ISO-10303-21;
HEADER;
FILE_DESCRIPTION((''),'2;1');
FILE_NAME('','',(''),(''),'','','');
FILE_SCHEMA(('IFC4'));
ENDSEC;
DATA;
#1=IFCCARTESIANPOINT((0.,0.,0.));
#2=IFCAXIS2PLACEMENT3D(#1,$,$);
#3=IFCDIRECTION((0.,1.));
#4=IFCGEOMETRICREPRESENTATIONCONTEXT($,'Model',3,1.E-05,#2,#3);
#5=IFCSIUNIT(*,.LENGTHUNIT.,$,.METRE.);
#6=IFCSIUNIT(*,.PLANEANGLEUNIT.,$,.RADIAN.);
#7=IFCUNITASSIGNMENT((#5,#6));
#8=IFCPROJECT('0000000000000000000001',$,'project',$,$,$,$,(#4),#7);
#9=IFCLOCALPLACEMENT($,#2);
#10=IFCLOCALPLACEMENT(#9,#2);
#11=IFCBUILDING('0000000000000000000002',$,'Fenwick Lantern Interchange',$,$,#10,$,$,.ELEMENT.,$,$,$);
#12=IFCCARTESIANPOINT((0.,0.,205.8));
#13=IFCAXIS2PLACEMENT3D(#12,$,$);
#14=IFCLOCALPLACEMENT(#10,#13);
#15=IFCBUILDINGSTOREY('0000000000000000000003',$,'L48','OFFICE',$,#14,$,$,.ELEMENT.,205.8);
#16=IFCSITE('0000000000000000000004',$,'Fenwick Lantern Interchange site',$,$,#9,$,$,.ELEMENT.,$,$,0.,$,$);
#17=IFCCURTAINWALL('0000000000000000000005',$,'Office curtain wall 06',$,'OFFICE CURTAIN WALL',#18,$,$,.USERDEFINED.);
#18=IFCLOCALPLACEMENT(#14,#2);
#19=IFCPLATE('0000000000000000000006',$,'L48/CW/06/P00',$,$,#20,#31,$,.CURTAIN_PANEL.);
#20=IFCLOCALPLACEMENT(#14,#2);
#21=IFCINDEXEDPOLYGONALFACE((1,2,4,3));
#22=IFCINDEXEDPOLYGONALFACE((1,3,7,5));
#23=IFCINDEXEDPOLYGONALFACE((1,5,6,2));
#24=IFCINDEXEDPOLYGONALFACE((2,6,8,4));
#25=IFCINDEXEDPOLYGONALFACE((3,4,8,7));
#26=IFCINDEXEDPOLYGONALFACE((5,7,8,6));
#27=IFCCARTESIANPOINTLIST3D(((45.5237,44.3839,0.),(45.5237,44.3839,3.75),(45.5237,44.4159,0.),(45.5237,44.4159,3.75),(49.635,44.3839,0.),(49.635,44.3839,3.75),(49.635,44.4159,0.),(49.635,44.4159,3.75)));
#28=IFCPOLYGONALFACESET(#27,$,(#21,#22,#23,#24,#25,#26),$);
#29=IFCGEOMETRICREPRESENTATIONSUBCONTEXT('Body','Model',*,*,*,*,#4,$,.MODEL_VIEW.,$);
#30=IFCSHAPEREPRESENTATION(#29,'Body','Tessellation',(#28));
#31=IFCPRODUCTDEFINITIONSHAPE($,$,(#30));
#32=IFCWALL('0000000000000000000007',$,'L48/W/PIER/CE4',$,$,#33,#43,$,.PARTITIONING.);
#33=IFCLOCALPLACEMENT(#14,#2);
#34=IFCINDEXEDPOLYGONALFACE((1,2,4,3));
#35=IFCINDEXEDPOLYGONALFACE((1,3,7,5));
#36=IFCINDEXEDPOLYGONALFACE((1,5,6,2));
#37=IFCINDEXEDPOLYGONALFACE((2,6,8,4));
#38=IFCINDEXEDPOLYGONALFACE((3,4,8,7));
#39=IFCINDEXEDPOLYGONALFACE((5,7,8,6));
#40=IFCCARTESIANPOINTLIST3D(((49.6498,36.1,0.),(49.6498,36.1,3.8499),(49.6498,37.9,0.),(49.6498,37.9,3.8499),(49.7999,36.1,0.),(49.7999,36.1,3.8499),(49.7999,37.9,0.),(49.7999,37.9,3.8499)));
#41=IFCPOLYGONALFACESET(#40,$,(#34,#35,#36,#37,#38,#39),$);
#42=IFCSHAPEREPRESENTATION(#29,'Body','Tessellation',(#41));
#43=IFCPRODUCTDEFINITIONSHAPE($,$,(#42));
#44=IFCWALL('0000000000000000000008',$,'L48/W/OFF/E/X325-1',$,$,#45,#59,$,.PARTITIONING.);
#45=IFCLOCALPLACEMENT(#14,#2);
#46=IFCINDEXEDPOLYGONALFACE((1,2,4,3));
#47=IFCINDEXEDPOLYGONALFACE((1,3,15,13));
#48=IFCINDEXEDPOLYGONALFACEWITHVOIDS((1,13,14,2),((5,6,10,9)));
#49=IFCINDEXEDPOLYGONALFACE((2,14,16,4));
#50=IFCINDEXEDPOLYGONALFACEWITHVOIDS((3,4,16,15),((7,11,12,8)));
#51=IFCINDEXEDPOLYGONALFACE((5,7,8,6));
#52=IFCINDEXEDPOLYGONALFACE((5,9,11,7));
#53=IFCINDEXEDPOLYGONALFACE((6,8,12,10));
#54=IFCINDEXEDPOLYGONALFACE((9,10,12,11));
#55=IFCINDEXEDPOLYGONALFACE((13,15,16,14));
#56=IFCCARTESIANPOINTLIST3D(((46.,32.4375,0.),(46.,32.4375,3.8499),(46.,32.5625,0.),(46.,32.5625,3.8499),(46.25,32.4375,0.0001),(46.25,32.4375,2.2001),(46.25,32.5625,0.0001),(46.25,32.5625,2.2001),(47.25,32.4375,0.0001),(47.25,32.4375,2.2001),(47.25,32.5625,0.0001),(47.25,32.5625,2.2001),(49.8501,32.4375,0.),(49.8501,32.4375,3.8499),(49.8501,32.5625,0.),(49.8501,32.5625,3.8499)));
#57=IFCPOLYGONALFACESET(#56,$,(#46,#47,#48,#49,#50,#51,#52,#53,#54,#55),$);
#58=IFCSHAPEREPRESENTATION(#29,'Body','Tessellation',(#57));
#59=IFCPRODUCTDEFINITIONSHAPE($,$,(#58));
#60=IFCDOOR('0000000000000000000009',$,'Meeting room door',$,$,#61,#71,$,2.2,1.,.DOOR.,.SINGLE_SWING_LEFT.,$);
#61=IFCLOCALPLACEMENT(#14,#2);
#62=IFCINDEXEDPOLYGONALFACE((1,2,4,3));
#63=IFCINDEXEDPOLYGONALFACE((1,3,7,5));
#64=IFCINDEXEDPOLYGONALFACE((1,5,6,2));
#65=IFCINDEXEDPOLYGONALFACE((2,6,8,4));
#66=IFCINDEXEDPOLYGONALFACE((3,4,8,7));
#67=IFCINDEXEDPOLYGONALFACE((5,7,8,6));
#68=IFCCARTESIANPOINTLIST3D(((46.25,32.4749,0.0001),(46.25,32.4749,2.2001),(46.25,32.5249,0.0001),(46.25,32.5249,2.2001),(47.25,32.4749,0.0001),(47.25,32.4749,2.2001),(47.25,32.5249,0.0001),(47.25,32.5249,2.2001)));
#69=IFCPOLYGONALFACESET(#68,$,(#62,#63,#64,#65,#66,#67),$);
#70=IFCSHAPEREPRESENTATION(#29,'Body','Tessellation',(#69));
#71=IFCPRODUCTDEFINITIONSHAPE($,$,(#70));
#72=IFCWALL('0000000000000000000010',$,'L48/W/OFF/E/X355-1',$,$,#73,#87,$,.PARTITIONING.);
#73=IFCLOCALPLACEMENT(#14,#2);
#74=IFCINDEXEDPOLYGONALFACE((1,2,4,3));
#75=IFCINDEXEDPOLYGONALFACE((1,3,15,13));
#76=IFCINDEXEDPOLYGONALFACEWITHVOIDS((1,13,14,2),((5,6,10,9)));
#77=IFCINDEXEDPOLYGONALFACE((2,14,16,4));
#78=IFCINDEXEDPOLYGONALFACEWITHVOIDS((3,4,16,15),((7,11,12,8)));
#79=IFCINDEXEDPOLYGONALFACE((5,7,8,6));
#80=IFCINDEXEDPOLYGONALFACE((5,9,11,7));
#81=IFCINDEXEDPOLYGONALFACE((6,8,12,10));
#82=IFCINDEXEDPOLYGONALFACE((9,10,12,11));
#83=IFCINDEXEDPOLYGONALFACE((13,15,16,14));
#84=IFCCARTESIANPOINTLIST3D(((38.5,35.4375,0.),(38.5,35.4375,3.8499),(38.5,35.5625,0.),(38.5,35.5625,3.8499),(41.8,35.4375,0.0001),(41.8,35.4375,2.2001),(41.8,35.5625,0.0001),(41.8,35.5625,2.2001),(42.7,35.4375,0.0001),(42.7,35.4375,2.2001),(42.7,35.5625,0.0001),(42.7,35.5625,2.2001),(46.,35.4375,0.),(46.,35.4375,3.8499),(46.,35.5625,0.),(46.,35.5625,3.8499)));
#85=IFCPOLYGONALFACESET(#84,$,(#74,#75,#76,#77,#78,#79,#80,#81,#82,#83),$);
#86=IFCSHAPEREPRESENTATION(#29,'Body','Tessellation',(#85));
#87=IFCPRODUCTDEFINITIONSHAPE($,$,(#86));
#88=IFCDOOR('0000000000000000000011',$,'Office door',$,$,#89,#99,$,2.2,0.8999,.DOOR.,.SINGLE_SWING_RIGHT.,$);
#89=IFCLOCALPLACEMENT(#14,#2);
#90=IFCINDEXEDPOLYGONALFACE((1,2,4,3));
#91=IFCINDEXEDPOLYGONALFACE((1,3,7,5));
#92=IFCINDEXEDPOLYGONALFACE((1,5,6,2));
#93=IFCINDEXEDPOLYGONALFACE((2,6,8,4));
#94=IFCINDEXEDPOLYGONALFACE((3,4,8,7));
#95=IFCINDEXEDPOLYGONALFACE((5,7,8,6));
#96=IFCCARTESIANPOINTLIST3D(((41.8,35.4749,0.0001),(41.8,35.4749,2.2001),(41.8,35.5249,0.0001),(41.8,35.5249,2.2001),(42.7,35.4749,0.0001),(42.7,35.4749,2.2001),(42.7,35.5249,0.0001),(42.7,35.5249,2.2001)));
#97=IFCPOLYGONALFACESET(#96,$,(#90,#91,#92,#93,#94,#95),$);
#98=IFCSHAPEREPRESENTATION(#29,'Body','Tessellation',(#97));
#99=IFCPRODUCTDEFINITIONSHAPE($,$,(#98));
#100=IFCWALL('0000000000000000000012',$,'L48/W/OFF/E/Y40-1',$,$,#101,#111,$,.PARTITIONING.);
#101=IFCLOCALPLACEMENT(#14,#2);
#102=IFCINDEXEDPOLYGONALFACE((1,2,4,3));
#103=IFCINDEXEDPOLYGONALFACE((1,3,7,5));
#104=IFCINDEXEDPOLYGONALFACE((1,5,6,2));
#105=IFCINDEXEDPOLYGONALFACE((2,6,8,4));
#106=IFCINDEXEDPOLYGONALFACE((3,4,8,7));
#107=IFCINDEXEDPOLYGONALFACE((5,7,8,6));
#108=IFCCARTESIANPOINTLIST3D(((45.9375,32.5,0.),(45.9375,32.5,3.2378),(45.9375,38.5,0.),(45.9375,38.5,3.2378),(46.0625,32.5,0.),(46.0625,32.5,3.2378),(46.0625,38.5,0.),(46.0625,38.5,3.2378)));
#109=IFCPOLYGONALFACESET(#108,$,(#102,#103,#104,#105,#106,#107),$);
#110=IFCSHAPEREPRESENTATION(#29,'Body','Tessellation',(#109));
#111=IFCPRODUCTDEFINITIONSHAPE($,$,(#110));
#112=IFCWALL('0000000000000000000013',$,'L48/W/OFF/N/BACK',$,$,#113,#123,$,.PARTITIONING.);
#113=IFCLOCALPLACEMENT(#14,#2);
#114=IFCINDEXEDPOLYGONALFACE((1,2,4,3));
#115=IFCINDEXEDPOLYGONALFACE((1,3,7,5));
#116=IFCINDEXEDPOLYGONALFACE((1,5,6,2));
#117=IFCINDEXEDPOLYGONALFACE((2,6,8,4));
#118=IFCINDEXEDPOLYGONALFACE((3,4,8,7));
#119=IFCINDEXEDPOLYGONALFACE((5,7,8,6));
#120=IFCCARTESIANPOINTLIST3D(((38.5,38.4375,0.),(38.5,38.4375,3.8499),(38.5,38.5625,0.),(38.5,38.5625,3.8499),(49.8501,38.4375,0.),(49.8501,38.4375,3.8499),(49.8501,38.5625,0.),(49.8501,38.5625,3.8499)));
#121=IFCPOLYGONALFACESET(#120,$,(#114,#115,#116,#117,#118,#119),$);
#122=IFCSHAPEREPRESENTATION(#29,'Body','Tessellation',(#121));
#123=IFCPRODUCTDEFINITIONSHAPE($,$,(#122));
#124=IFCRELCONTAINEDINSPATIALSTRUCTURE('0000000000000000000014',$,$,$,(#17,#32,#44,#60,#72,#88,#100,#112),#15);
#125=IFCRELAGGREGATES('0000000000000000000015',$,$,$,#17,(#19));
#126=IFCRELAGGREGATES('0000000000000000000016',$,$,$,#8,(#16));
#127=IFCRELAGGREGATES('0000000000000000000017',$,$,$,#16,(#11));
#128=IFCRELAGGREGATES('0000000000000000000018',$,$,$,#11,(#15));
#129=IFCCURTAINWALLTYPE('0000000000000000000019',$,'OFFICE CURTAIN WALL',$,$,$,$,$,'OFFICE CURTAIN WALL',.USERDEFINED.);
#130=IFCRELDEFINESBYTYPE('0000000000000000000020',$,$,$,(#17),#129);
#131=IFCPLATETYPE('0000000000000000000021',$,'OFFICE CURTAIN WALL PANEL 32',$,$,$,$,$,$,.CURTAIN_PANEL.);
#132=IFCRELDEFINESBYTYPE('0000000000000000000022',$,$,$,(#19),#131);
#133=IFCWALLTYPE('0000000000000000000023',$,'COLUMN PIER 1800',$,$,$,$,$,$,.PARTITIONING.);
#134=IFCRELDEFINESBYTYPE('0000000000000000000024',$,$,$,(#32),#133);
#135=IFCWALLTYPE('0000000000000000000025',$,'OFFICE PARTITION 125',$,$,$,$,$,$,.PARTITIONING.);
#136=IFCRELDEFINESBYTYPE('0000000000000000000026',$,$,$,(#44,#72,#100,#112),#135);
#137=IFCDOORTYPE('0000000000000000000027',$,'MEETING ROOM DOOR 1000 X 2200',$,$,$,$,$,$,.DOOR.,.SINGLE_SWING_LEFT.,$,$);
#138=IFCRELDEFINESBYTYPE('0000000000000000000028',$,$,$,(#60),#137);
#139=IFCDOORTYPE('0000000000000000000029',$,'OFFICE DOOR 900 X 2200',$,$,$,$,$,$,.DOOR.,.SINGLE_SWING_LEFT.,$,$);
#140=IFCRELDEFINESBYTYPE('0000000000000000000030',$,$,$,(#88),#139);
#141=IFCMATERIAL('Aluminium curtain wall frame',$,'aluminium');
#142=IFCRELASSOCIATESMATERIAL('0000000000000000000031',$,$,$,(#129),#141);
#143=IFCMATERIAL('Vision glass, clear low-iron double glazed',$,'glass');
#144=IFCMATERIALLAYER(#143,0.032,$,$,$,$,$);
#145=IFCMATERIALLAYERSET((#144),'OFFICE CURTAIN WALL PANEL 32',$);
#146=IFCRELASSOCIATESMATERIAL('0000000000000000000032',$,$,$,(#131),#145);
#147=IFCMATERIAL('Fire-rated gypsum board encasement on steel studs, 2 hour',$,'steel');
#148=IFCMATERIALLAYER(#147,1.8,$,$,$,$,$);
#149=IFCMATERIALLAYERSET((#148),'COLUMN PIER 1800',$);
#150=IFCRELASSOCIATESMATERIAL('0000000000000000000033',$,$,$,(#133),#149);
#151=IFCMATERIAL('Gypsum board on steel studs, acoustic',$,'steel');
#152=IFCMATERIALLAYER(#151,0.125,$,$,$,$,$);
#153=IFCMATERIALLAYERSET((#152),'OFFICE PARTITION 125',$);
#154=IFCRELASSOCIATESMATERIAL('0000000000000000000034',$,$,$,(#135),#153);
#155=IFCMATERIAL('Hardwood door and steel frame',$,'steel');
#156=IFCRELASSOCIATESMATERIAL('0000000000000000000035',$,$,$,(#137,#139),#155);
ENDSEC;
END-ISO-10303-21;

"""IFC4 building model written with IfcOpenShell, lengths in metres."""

from ifc_helpers import new_model, si_unit, direction, frame, frame_2d, origin, origin_2d, place, context, subcontext, project, spatial, rectangle, extrude, material, layer, layer_set, type_object, element, fill, aggregate, save


model = new_model("IFC4")

# Units and contexts
model_context = context("Model", 3, precision=1e-05, world=origin(), true_north=direction((0.0, 1.0)))
body_context = subcontext(model_context, "Body", "Model", "MODEL_VIEW")
ifc_project = project(units=[si_unit("LENGTHUNIT", "METRE"), si_unit("PLANEANGLEUNIT", "RADIAN")], contexts=[model_context])

# Site, building, storey
site_placement = place(None, origin())
site = spatial("IfcSite", under=ifc_project, at=site_placement, Name="Fenwick Lantern Interchange site", CompositionType="ELEMENT", RefElevation=0.0)
building_placement = place(site_placement, origin())
building = spatial("IfcBuilding", under=site, at=building_placement, Name="Fenwick Lantern Interchange", CompositionType="ELEMENT")
storey_placement = place(building_placement, frame((0.0, 0.0, 205.8)))
storey = spatial("IfcBuildingStorey", under=building, at=storey_placement, Name="L48", Description="OFFICE", CompositionType="ELEMENT", Elevation=205.8)

# Shared definitions
ifc_material_1 = material(Name="Aluminium curtain wall frame", Category="aluminium")
curtain_wall_type = type_object("IfcCurtainWallType", Name="OFFICE CURTAIN WALL", ElementType="OFFICE CURTAIN WALL", PredefinedType="USERDEFINED", material=ifc_material_1)

# Curtain wall
curtain_wall_1_placement = place(storey_placement, origin())
curtain_wall_1 = element("IfcCurtainWall", 1, at=curtain_wall_1_placement, inside=storey, type_object=curtain_wall_type, Name="Office curtain wall 06", ObjectType="OFFICE CURTAIN WALL", PredefinedType="USERDEFINED")

# Plate
ifc_material_2 = material(Name="Vision glass, clear low-iron double glazed", Category="glass")
ifc_layer_1 = layer(ifc_material_2, 0.032)
ifc_layer_set_1 = layer_set([ifc_layer_1], Name="OFFICE CURTAIN WALL PANEL 32")
plate_type = type_object("IfcPlateType", Name="OFFICE CURTAIN WALL PANEL 32", PredefinedType="CURTAIN_PANEL", material=ifc_layer_set_1)
plate_placement = place(storey_placement, frame((47.5793, 44.3999, 0.0), z_axis=(0.0, 0.0, 1.0), x_axis=(-1.0, 0.0, 0.0)))
plate = element("IfcPlate", 2, at=plate_placement, type_object=plate_type, Name="L48/CW/06/P00", PredefinedType="CURTAIN_PANEL", context=body_context, shape_type="SweptSolid", body=[
    extrude(rectangle(XDim=4.1113, YDim=0.032, at=origin_2d()), origin(), (0.0, 0.0, 1.0), 3.75),
])
aggregate(curtain_wall_1, [plate])

# Wall
ifc_material_3 = material(Name="Fire-rated gypsum board encasement on steel studs, 2 hour", Category="steel")
ifc_layer_2 = layer(ifc_material_3, 1.8)
ifc_layer_set_2 = layer_set([ifc_layer_2], Name="COLUMN PIER 1800")
wall_type_1 = type_object("IfcWallType", Name="COLUMN PIER 1800", PredefinedType="PARTITIONING", material=ifc_layer_set_2)
wall_1_placement = place(storey_placement, frame((49.8, 37.0, 0.0), z_axis=(0.0, 0.0, 1.0), x_axis=(-1.0, 0.0, 0.0)))
element("IfcWall", 3, at=wall_1_placement, inside=storey, type_object=wall_type_1, Name="L48/W/PIER/CE4", PredefinedType="PARTITIONING", context=body_context, shape_type="SweptSolid", body=[
    extrude(rectangle(XDim=0.1501, YDim=1.8, at=frame_2d((0.0752, 0.0))), origin(), (0.0, 0.0, 1.0), 3.8499),
])

# Walls, openings, doors
ifc_material_4 = material(Name="Gypsum board on steel studs, acoustic", Category="steel")
ifc_layer_3 = layer(ifc_material_4, 0.125)
ifc_layer_set_3 = layer_set([ifc_layer_3], Name="OFFICE PARTITION 125")
wall_type_2 = type_object("IfcWallType", Name="OFFICE PARTITION 125", PredefinedType="PARTITIONING", material=ifc_layer_set_3)
wall_2_placement = place(storey_placement, frame((49.8501, 32.5, 0.0), z_axis=(0.0, 0.0, 1.0), x_axis=(-1.0, 0.0, 0.0)))
wall_2 = element("IfcWall", 4, at=wall_2_placement, inside=storey, type_object=wall_type_2, Name="L48/W/OFF/E/X325-1", PredefinedType="PARTITIONING", context=body_context, shape_type="SweptSolid", body=[
    extrude(rectangle(XDim=3.8501, YDim=0.125, at=frame_2d((1.925, 0.0))), origin(), (0.0, 0.0, 1.0), 3.8499),
])
opening_1_placement = place(wall_2_placement, frame((2.6001, 0.0, 0.0)))
opening_1 = element("IfcOpeningElement", 5, at=opening_1_placement, cuts=wall_2, PredefinedType="OPENING", context=body_context, shape_type="SweptSolid", body=[
    extrude(rectangle(XDim=1.0, YDim=2.2, at=frame_2d((0.5, 1.1001))), frame((0.0, 0.0725, 0.0), z_axis=(0.0, -1.0, 0.0), x_axis=(1.0, 0.0, 0.0)), (0.0, 0.0, 1.0), 0.145),
])
ifc_material_5 = material(Name="Hardwood door and steel frame", Category="steel")
door_type_1 = type_object("IfcDoorType", Name="MEETING ROOM DOOR 1000 X 2200", OperationType="SINGLE_SWING_LEFT", PredefinedType="DOOR", material=ifc_material_5)
door_1_placement = place(opening_1_placement, frame((1.0, 0.0, 0.0), z_axis=(0.0, 0.0, 1.0), x_axis=(-1.0, 0.0, 0.0)))
door_1 = element("IfcDoor", 6, at=door_1_placement, inside=storey, type_object=door_type_1, Name="Meeting room door", OperationType="SINGLE_SWING_LEFT", OverallHeight=2.2, OverallWidth=1.0, PredefinedType="DOOR", context=body_context, shape_type="SweptSolid", body=[
    extrude(rectangle(XDim=1.0, YDim=2.2, at=frame_2d((0.5, 1.1001))), frame((0.0, 0.0249, 0.0), z_axis=(0.0, -1.0, 0.0), x_axis=(1.0, 0.0, 0.0)), (0.0, 0.0, 1.0), 0.05),
])
fill(opening_1, door_1)
wall_3_placement = place(storey_placement, frame((46.0, 35.5, 0.0), z_axis=(0.0, 0.0, 1.0), x_axis=(-1.0, 0.0, 0.0)))
wall_3 = element("IfcWall", 7, at=wall_3_placement, inside=storey, type_object=wall_type_2, Name="L48/W/OFF/E/X355-1", PredefinedType="PARTITIONING", context=body_context, shape_type="SweptSolid", body=[
    extrude(rectangle(XDim=7.5, YDim=0.125, at=frame_2d((3.75, 0.0))), origin(), (0.0, 0.0, 1.0), 3.8499),
])
opening_2_placement = place(wall_3_placement, frame((3.3, 0.0, 0.0)))
opening_2 = element("IfcOpeningElement", 8, at=opening_2_placement, cuts=wall_3, PredefinedType="OPENING", context=body_context, shape_type="SweptSolid", body=[
    extrude(rectangle(XDim=0.8999, YDim=2.2, at=frame_2d((0.45, 1.1001))), frame((0.0, 0.0725, 0.0), z_axis=(0.0, -1.0, 0.0), x_axis=(1.0, 0.0, 0.0)), (0.0, 0.0, 1.0), 0.145),
])
door_type_2 = type_object("IfcDoorType", Name="OFFICE DOOR 900 X 2200", OperationType="SINGLE_SWING_LEFT", PredefinedType="DOOR", material=ifc_material_5)
door_2_placement = place(opening_2_placement, frame((0.8999, 0.0, 0.0), z_axis=(0.0, 0.0, 1.0), x_axis=(-1.0, 0.0, 0.0)))
door_2 = element("IfcDoor", 9, at=door_2_placement, inside=storey, type_object=door_type_2, Name="Office door", OperationType="SINGLE_SWING_RIGHT", OverallHeight=2.2, OverallWidth=0.8999, PredefinedType="DOOR", context=body_context, shape_type="SweptSolid", body=[
    extrude(rectangle(XDim=0.8999, YDim=2.2, at=frame_2d((0.45, 1.1001))), frame((0.0, 0.0249, 0.0), z_axis=(0.0, -1.0, 0.0), x_axis=(1.0, 0.0, 0.0)), (0.0, 0.0, 1.0), 0.05),
])
fill(opening_2, door_2)

# Walls
wall_4_placement = place(storey_placement, frame((46.0, 32.5, 0.0), z_axis=(0.0, 0.0, 1.0), x_axis=(0.0, 1.0, 0.0)))
element("IfcWall", 10, at=wall_4_placement, inside=storey, type_object=wall_type_2, Name="L48/W/OFF/E/Y40-1", PredefinedType="PARTITIONING", context=body_context, shape_type="SweptSolid", body=[
    extrude(rectangle(XDim=6.0, YDim=0.125, at=frame_2d((3.0, 0.0))), origin(), (0.0, 0.0, 1.0), 3.2378),
])
wall_5_placement = place(storey_placement, frame((49.8501, 38.5, 0.0), z_axis=(0.0, 0.0, 1.0), x_axis=(-1.0, 0.0, 0.0)))
element("IfcWall", 11, at=wall_5_placement, inside=storey, type_object=wall_type_2, Name="L48/W/OFF/N/BACK", PredefinedType="PARTITIONING", context=body_context, shape_type="SweptSolid", body=[
    extrude(rectangle(XDim=11.3501, YDim=0.125, at=frame_2d((5.675, 0.0))), origin(), (0.0, 0.0, 1.0), 3.8499),
])

save(model, "model.ifc")
